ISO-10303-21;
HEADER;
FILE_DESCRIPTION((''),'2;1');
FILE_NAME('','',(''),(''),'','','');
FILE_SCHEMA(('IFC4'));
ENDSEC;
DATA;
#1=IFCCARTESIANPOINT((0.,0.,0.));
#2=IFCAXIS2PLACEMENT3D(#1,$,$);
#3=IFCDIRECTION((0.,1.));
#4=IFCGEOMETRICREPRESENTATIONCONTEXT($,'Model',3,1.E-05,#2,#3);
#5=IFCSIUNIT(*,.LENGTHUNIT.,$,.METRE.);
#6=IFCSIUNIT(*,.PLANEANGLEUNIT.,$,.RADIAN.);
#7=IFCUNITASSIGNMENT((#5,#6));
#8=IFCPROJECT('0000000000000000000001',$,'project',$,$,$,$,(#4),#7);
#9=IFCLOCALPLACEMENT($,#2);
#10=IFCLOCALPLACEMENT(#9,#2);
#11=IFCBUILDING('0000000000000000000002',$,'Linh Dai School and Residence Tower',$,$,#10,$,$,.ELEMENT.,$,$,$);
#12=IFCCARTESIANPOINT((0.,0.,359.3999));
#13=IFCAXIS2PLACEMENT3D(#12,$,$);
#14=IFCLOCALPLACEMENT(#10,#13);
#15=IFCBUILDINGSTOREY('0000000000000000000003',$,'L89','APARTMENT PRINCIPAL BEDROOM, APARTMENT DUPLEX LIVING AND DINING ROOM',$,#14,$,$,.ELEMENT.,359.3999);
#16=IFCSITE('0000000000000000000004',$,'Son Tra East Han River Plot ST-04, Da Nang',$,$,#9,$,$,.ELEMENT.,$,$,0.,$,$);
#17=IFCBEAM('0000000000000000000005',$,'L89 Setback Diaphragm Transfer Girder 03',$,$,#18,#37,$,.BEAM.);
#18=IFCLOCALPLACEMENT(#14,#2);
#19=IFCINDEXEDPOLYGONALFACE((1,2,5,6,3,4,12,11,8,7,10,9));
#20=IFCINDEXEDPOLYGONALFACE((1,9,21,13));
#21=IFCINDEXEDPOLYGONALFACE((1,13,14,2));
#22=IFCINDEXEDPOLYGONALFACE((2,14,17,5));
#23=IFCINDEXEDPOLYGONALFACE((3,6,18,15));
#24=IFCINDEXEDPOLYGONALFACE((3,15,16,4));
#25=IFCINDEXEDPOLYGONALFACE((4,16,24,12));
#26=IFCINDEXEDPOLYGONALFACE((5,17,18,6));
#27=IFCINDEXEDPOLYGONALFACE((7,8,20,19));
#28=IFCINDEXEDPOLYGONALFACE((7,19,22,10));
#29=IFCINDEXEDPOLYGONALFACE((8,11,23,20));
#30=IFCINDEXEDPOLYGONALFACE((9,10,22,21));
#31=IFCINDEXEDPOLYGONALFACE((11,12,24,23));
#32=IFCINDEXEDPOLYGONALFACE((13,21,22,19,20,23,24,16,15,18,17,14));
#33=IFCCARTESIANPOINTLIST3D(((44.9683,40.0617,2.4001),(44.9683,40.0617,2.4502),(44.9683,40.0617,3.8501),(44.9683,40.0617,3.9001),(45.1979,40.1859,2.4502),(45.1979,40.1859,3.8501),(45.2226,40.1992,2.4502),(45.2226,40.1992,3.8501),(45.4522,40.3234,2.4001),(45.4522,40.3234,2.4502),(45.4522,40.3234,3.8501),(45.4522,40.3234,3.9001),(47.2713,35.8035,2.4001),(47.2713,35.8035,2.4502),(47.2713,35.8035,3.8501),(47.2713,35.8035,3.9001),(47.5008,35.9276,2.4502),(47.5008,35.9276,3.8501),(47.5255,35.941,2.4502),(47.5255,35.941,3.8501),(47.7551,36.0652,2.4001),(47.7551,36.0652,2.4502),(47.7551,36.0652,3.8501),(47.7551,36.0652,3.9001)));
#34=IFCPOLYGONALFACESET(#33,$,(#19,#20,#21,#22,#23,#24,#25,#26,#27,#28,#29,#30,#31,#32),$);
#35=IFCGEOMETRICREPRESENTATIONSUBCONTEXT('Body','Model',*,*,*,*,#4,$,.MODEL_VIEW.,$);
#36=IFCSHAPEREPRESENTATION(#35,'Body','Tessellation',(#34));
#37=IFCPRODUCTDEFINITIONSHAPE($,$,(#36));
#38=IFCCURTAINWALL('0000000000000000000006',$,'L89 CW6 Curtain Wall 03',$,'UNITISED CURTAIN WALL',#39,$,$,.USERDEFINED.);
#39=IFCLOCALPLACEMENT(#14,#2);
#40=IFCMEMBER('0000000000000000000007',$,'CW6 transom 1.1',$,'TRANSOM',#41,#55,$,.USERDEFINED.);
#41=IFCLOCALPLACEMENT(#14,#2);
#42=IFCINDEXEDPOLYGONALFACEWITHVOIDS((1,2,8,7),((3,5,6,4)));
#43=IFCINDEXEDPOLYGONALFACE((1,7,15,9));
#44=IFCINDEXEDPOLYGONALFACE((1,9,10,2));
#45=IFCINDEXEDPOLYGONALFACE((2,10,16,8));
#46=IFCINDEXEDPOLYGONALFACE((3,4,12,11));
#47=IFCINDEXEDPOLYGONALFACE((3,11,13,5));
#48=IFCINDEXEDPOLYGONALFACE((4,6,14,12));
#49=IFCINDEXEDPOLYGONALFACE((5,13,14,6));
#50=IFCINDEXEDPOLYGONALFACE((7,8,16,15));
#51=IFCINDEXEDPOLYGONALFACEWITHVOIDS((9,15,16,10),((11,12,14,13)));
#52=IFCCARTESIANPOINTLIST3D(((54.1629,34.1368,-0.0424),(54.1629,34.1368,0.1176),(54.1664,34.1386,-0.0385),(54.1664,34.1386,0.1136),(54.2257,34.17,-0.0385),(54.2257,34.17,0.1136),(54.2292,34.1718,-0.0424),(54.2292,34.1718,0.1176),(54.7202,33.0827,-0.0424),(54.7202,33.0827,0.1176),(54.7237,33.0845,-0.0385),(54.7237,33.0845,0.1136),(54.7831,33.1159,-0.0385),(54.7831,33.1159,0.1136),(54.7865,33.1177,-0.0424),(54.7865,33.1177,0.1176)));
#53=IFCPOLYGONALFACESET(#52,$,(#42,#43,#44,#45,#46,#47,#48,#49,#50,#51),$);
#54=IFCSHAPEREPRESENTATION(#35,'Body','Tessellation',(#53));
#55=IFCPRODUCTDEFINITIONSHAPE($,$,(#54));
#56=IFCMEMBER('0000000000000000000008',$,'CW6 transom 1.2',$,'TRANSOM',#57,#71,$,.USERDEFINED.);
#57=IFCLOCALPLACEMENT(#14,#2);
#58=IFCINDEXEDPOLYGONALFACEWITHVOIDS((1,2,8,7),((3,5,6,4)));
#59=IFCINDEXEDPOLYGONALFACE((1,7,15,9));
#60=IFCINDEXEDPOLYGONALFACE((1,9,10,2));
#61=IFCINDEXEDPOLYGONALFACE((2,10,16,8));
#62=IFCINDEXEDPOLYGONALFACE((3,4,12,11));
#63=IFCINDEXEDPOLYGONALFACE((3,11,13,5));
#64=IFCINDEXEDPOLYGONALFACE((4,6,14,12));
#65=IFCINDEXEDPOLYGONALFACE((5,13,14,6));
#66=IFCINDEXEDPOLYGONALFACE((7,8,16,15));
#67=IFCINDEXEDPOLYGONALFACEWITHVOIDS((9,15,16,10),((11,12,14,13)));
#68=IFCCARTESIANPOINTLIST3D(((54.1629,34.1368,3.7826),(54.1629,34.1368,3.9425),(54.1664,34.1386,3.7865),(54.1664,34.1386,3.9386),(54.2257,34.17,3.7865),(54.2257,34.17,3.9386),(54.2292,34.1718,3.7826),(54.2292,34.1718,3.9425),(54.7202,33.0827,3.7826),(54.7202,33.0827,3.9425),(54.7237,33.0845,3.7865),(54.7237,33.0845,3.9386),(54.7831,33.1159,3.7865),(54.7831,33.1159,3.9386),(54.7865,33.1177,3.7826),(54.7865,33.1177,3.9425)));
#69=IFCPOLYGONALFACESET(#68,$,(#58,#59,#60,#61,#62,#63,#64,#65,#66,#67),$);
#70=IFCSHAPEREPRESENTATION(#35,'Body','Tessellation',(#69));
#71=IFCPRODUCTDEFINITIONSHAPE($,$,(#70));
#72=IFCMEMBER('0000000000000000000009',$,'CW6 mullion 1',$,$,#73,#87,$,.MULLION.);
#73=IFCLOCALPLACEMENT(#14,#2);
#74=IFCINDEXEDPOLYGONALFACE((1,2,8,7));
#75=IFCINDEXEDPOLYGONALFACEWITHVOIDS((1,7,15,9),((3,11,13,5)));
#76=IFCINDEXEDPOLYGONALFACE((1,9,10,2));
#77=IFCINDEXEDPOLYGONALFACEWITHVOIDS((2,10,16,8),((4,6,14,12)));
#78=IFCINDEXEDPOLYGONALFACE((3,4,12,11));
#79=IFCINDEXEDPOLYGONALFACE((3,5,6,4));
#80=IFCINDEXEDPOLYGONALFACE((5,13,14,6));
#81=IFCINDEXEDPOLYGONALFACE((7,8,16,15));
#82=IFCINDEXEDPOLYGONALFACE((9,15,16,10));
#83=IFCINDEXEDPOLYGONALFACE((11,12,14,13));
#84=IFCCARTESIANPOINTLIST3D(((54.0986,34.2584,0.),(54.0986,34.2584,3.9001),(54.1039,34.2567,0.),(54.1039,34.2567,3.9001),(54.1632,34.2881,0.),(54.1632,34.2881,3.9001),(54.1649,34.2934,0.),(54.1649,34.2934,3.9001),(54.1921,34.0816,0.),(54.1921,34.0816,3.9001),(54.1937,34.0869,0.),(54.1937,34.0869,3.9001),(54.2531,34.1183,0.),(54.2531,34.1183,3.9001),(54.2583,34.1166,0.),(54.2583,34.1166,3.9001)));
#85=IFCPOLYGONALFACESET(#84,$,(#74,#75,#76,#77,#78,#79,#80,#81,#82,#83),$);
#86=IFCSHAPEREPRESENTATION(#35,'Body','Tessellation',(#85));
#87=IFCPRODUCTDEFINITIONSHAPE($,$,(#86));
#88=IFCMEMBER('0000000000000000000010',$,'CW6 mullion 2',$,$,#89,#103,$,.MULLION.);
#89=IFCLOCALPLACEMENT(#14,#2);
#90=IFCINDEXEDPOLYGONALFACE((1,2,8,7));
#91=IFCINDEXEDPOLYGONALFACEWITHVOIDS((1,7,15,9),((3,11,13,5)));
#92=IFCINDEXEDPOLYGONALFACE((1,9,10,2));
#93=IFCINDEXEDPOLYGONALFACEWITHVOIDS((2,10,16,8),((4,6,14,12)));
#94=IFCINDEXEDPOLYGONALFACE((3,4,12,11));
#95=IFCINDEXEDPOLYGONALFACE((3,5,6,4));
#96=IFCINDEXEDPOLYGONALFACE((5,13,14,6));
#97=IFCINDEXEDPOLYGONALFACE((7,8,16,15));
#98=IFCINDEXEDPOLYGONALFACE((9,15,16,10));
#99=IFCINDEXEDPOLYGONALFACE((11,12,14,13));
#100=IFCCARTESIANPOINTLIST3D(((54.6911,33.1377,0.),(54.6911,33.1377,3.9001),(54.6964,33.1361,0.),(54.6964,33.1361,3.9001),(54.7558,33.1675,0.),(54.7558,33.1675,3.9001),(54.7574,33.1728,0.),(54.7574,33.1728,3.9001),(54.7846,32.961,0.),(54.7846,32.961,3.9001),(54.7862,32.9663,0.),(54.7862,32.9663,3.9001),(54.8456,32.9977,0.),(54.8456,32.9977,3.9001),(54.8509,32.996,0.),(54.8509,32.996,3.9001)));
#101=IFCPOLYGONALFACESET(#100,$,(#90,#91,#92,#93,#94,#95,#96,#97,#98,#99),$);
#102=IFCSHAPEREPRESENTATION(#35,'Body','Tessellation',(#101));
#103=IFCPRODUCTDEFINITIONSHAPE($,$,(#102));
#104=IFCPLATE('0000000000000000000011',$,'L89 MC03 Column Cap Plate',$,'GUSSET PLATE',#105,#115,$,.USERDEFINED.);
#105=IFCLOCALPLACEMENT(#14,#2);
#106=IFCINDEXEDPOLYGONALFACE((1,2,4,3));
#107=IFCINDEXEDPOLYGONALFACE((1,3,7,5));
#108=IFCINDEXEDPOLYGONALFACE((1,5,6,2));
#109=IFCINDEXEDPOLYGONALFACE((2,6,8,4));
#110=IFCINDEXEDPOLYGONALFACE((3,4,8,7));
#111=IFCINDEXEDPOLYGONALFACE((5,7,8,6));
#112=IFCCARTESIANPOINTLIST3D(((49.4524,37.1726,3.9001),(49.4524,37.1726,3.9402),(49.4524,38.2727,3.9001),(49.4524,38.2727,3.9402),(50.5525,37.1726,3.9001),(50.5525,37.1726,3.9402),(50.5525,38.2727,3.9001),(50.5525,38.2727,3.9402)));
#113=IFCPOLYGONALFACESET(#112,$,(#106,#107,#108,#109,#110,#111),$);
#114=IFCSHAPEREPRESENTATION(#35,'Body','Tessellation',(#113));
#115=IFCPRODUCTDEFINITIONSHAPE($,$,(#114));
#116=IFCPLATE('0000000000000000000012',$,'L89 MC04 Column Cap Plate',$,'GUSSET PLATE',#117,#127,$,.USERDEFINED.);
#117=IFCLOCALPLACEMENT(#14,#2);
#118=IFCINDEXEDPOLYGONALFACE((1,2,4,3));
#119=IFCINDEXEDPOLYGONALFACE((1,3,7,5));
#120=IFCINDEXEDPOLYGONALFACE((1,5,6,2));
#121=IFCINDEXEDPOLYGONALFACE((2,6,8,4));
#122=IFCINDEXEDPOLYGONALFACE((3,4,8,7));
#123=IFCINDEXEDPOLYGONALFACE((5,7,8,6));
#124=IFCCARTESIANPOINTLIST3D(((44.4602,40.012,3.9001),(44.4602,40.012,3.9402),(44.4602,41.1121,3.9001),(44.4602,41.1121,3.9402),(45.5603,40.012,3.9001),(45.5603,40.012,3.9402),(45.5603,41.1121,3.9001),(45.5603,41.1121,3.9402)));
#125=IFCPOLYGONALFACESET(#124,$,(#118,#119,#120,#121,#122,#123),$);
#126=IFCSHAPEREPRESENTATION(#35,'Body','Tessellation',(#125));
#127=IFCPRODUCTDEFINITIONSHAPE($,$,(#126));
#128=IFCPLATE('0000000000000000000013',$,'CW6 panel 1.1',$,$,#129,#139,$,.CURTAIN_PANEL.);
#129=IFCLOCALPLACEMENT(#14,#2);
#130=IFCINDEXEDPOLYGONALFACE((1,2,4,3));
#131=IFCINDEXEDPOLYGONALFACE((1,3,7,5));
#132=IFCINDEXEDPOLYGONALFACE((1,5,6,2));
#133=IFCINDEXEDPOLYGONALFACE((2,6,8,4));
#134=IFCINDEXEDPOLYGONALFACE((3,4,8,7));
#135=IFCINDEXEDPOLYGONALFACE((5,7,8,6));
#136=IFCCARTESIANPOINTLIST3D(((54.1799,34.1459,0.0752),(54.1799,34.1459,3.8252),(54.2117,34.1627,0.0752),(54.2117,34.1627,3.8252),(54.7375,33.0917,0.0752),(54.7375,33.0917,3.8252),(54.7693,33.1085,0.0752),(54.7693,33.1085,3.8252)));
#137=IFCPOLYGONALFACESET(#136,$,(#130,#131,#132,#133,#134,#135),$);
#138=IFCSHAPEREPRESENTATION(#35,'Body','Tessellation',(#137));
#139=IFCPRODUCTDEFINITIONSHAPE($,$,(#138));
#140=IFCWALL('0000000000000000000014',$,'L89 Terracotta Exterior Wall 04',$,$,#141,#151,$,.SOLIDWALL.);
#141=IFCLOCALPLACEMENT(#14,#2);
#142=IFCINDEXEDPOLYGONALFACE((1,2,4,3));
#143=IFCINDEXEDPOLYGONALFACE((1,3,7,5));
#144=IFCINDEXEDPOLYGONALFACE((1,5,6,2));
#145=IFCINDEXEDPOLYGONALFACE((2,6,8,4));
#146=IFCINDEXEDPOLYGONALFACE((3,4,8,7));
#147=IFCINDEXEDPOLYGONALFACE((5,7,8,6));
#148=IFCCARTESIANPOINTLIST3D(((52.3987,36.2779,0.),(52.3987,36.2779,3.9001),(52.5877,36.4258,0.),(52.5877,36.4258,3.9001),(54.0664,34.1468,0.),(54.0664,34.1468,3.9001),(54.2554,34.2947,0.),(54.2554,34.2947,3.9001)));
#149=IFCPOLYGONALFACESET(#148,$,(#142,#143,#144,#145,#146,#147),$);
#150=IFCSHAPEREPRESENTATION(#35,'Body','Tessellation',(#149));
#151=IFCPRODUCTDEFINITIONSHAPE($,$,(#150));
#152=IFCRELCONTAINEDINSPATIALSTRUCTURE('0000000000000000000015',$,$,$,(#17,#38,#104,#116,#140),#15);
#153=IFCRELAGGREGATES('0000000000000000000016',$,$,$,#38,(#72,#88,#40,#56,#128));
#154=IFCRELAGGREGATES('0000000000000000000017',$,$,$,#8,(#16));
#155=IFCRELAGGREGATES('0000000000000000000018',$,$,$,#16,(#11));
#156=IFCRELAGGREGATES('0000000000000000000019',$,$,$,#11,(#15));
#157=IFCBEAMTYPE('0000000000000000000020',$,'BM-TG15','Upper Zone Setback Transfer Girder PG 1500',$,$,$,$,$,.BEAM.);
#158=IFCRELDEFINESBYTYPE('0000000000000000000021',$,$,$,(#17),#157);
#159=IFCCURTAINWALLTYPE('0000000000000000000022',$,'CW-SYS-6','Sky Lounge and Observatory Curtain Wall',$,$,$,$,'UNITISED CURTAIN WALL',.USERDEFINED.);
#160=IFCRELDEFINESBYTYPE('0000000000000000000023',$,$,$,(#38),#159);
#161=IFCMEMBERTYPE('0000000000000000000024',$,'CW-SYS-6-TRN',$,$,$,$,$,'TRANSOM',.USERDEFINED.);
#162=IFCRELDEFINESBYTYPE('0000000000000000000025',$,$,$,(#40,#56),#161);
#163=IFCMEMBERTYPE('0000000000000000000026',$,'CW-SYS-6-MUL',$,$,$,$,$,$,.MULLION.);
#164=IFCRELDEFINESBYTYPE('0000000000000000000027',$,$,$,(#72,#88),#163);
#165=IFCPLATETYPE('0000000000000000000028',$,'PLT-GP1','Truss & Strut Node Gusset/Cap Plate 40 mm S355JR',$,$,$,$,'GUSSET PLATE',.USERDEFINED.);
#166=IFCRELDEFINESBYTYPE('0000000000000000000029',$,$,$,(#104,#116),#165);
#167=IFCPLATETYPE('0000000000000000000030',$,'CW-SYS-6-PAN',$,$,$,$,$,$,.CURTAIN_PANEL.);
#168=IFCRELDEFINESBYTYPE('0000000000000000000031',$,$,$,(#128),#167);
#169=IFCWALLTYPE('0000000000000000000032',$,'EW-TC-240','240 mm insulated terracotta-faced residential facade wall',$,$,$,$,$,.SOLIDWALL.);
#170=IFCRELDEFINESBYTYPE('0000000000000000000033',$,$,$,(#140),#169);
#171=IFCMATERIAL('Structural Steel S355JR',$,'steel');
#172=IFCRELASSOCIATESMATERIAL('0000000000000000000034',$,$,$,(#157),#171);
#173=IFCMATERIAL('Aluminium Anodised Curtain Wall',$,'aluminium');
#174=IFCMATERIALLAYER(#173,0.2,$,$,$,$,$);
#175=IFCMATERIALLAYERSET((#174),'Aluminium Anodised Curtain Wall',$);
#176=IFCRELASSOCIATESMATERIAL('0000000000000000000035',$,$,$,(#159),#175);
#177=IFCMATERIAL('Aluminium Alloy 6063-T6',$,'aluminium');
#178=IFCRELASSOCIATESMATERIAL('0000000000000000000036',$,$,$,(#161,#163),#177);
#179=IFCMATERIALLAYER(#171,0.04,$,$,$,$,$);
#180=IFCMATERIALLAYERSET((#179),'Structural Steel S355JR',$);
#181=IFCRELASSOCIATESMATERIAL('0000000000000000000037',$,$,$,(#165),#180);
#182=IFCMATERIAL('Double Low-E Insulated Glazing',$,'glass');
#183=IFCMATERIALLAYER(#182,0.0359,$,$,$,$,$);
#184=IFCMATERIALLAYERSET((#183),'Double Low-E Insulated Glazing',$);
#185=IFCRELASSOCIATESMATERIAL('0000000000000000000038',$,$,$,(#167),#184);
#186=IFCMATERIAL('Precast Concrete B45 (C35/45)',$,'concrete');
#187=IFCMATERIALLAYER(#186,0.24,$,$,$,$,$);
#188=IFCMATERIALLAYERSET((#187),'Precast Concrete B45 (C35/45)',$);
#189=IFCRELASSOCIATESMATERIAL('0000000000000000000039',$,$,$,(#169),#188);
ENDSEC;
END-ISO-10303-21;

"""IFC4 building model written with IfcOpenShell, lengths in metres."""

from ifc_helpers import new_model, si_unit, direction, frame, frame_2d, origin, origin_2d, place, context, subcontext, project, spatial, rectangle, hollow_rectangle, i_section, extrude, source, transform, mapped, material, layer, layer_set, material_profile, profile_set, type_object, element, aggregate, save


model = new_model("IFC4")

# Units and contexts
model_context = context("Model", 3, precision=1e-05, world=origin(), true_north=direction((0.0, 1.0)))
body_context = subcontext(model_context, "Body", "Model", "MODEL_VIEW")
ifc_project = project(units=[si_unit("LENGTHUNIT", "METRE"), si_unit("PLANEANGLEUNIT", "RADIAN")], contexts=[model_context])

# Site, building, storey
site_placement = place(None, origin())
site = spatial("IfcSite", under=ifc_project, at=site_placement, Name="Son Tra East Han River Plot ST-04, Da Nang", CompositionType="ELEMENT", RefElevation=0.0)
building_placement = place(site_placement, origin())
building = spatial("IfcBuilding", under=site, at=building_placement, Name="Linh Dai School and Residence Tower", CompositionType="ELEMENT")
storey_placement = place(building_placement, frame((0.0, 0.0, 359.3999)))
storey = spatial("IfcBuildingStorey", under=building, at=storey_placement, Name="L89", Description="APARTMENT PRINCIPAL BEDROOM, APARTMENT DUPLEX LIVING AND DINING ROOM", CompositionType="ELEMENT", Elevation=359.3999)

# Shared definitions
ifc_material_1 = material(Name="Structural Steel S355JR", Category="steel")

# Beam
ifc_material_profile_1 = material_profile(ifc_material_1, i_section(OverallWidth=0.55, OverallDepth=1.5, WebThickness=0.0281, FlangeThickness=0.05, at=origin_2d()), Name="PG 1500x550x28x50")
ifc_profile_set_1 = profile_set([ifc_material_profile_1], Name="Structural Steel S355JR")
beam_type_1 = type_object("IfcBeamType", Name="BM-TG15", Description="Upper Zone Setback Transfer Girder PG 1500", PredefinedType="BEAM", material=ifc_profile_set_1)
beam_1_placement = place(storey_placement, frame((47.5132, 35.9343, 3.1501), z_axis=(-0.475708, 0.879603, 0.0), x_axis=(-0.879603, -0.475708, 0.0)))
element("IfcBeam", 1, at=beam_1_placement, inside=storey, type_object=beam_type_1, Name="L89 Setback Diaphragm Transfer Girder 03", PredefinedType="BEAM", context=body_context, shape_type="SweptSolid", body=[
    extrude(i_section(OverallWidth=0.55, OverallDepth=1.5, WebThickness=0.0281, FlangeThickness=0.05, at=origin_2d()), origin(), (0.0, 0.0, 1.0), 4.8411),
])

# Curtain wall, members
ifc_material_2 = material(Name="Aluminium Anodised Curtain Wall", Category="aluminium")
ifc_layer_1 = layer(ifc_material_2, 0.2)
ifc_layer_set_1 = layer_set([ifc_layer_1], Name="Aluminium Anodised Curtain Wall")
curtain_wall_type = type_object("IfcCurtainWallType", Name="CW-SYS-6", Description="Sky Lounge and Observatory Curtain Wall", ElementType="UNITISED CURTAIN WALL", PredefinedType="USERDEFINED", material=ifc_layer_set_1)
curtain_wall_placement = place(storey_placement, origin())
curtain_wall = element("IfcCurtainWall", 2, at=curtain_wall_placement, inside=storey, type_object=curtain_wall_type, Name="L89 CW6 Curtain Wall 03", ObjectType="UNITISED CURTAIN WALL", PredefinedType="USERDEFINED")
ifc_material_3 = material(Name="Aluminium Alloy 6063-T6", Category="aluminium")
ifc_material_profile_2 = material_profile(ifc_material_3, hollow_rectangle(XDim=0.075, YDim=0.1599, WallThickness=0.0039, at=origin_2d()), Name="RHS 160x75x4")
ifc_profile_set_2 = profile_set([ifc_material_profile_2], Name="Aluminium Alloy 6063-T6")
member_type_1 = type_object("IfcMemberType", Name="CW-SYS-6-TRN", ElementType="TRANSOM", PredefinedType="USERDEFINED", material=ifc_profile_set_2)
shared_shape_1 = source(origin(), body_context, "Body", "SweptSolid", [
    extrude(hollow_rectangle(XDim=0.075, YDim=0.1599, WallThickness=0.0039, at=origin_2d()), origin(), (0.0, 0.0, 1.0), 1.1924),
])
member_1_placement = place(storey_placement, frame((54.196, 34.1543, 0.0376), z_axis=(0.467408, -0.884042, 0.0), x_axis=(0.884042, 0.467408, 0.0)))
member_1 = element("IfcMember", 3, at=member_1_placement, type_object=member_type_1, Name="CW6 transom 1.1", ObjectType="TRANSOM", PredefinedType="USERDEFINED", context=body_context, shape_type="MappedRepresentation", body=[
    mapped(shared_shape_1, transform((0.0, 0.0, 0.0), x_axis=(1.0, 0.0, 0.0), y_axis=(0.0, 1.0, 0.0), z_axis=(0.0, 0.0, 1.0), scale=1.0)),
])
member_2_placement = place(storey_placement, frame((54.196, 34.1543, 3.8625), z_axis=(0.467408, -0.884042, 0.0), x_axis=(0.884042, 0.467408, 0.0)))
member_2 = element("IfcMember", 4, at=member_2_placement, type_object=member_type_1, Name="CW6 transom 1.2", ObjectType="TRANSOM", PredefinedType="USERDEFINED", context=body_context, shape_type="MappedRepresentation", body=[
    mapped(shared_shape_1, transform((0.0, 0.0, 0.0), x_axis=(1.0, 0.0, 0.0), y_axis=(0.0, 1.0, 0.0), z_axis=(0.0, 0.0, 1.0), scale=1.0)),
])
ifc_material_profile_3 = material_profile(ifc_material_3, hollow_rectangle(XDim=0.075, YDim=0.2, WallThickness=0.0039, at=origin_2d()), Name="RHS 200x75x4")
ifc_profile_set_3 = profile_set([ifc_material_profile_3], Name="Aluminium Alloy 6063-T6")
member_type_2 = type_object("IfcMemberType", Name="CW-SYS-6-MUL", PredefinedType="MULLION", material=ifc_profile_set_3)
shared_shape_2 = source(origin(), body_context, "Body", "SweptSolid", [
    extrude(hollow_rectangle(XDim=0.075, YDim=0.2, WallThickness=0.0039, at=origin_2d()), origin(), (0.0, 0.0, 1.0), 3.9001),
])
member_3_placement = place(storey_placement, frame((54.1785, 34.1875, 0.0), z_axis=(0.0, 0.0, 1.0), x_axis=(0.883972, 0.46754, 0.0)))
member_3 = element("IfcMember", 5, at=member_3_placement, type_object=member_type_2, Name="CW6 mullion 1", PredefinedType="MULLION", context=body_context, shape_type="MappedRepresentation", body=[
    mapped(shared_shape_2, transform((0.0, 0.0, 0.0), x_axis=(1.0, 0.0, 0.0), y_axis=(0.0, 1.0, 0.0), z_axis=(0.0, 0.0, 1.0), scale=1.0)),
])
member_4_placement = place(storey_placement, frame((54.771, 33.0669, 0.0), z_axis=(0.0, 0.0, 1.0), x_axis=(0.883972, 0.46754, 0.0)))
member_4 = element("IfcMember", 6, at=member_4_placement, type_object=member_type_2, Name="CW6 mullion 2", PredefinedType="MULLION", context=body_context, shape_type="MappedRepresentation", body=[
    mapped(shared_shape_2, transform((0.0, 0.0, 0.0), x_axis=(1.0, 0.0, 0.0), y_axis=(0.0, 1.0, 0.0), z_axis=(0.0, 0.0, 1.0), scale=1.0)),
])

# Plates
ifc_layer_2 = layer(ifc_material_1, 0.04)
ifc_layer_set_2 = layer_set([ifc_layer_2], Name="Structural Steel S355JR")
plate_type_1 = type_object("IfcPlateType", Name="PLT-GP1", Description="Truss & Strut Node Gusset/Cap Plate 40 mm S355JR", ElementType="GUSSET PLATE", PredefinedType="USERDEFINED", material=ifc_layer_set_2)
shared_shape_3 = source(origin(), body_context, "Body", "SweptSolid", [
    extrude(rectangle(XDim=1.1001, YDim=1.1001, at=origin_2d()), origin(), (0.0, 0.0, 1.0), 0.04),
])
for number, where, z_axis, x_axis, name in (
    (7, (50.0024, 37.7227, 3.9001), (0.0, 0.0, 1.0), (1.0, 0.0, 0.0), "L89 MC03 Column Cap Plate"),
    (8, (45.0103, 40.562, 3.9001), (0.0, 0.0, 1.0), (1.0, 0.0, 0.0), "L89 MC04 Column Cap Plate"),
):
    element("IfcPlate", number, at=place(storey_placement, frame(where, z_axis=z_axis, x_axis=x_axis)), inside=storey, type_object=plate_type_1, Name=name, ObjectType="GUSSET PLATE", PredefinedType="USERDEFINED", context=body_context, shape_type="MappedRepresentation", body=[
        mapped(shared_shape_3, transform((0.0, 0.0, 0.0), x_axis=(1.0, 0.0, 0.0), y_axis=(0.0, 1.0, 0.0), z_axis=(0.0, 0.0, 1.0), scale=1.0)),
    ])

# Plate
ifc_material_4 = material(Name="Double Low-E Insulated Glazing", Category="glass")
ifc_layer_3 = layer(ifc_material_4, 0.0359)
ifc_layer_set_3 = layer_set([ifc_layer_3], Name="Double Low-E Insulated Glazing")
plate_type_2 = type_object("IfcPlateType", Name="CW-SYS-6-PAN", PredefinedType="CURTAIN_PANEL", material=ifc_layer_set_3)
shared_shape_4 = source(origin(), body_context, "Body", "SweptSolid", [
    extrude(rectangle(XDim=1.1926, YDim=0.0359, at=origin_2d()), origin(), (0.0, 0.0, 1.0), 3.75),
])
plate_placement = place(storey_placement, frame((54.4746, 33.6272, 0.0752), z_axis=(0.0, 0.0, 1.0), x_axis=(0.46754, -0.883972, 0.0)))
plate = element("IfcPlate", 9, at=plate_placement, type_object=plate_type_2, Name="CW6 panel 1.1", PredefinedType="CURTAIN_PANEL", context=body_context, shape_type="MappedRepresentation", body=[
    mapped(shared_shape_4, transform((0.0, 0.0, 0.0), x_axis=(1.0, 0.0, 0.0), y_axis=(0.0, 1.0, 0.0), z_axis=(0.0, 0.0, 1.0), scale=1.0)),
])
aggregate(curtain_wall, [member_3, member_4, member_1, member_2, plate])

# Wall
ifc_material_5 = material(Name="Precast Concrete B45 (C35/45)", Category="concrete")
ifc_layer_4 = layer(ifc_material_5, 0.24)
ifc_layer_set_4 = layer_set([ifc_layer_4], Name="Precast Concrete B45 (C35/45)")
wall_type_1 = type_object("IfcWallType", Name="EW-TC-240", Description="240 mm insulated terracotta-faced residential facade wall", PredefinedType="SOLIDWALL", material=ifc_layer_set_4)
wall_1_placement = place(storey_placement, frame((52.4932, 36.3518, 0.0), z_axis=(0.0, 0.0, 1.0), x_axis=(0.616286, -0.787522, 0.0)))
element("IfcWall", 10, at=wall_1_placement, inside=storey, type_object=wall_type_1, Name="L89 Terracotta Exterior Wall 04", PredefinedType="SOLIDWALL", context=body_context, shape_type="SweptSolid", body=[
    extrude(rectangle(XDim=2.7061, YDim=0.24, at=frame_2d((1.353, 0.0))), origin(), (0.0, 0.0, 1.0), 3.9001),
])

save(model, "model.ifc")
